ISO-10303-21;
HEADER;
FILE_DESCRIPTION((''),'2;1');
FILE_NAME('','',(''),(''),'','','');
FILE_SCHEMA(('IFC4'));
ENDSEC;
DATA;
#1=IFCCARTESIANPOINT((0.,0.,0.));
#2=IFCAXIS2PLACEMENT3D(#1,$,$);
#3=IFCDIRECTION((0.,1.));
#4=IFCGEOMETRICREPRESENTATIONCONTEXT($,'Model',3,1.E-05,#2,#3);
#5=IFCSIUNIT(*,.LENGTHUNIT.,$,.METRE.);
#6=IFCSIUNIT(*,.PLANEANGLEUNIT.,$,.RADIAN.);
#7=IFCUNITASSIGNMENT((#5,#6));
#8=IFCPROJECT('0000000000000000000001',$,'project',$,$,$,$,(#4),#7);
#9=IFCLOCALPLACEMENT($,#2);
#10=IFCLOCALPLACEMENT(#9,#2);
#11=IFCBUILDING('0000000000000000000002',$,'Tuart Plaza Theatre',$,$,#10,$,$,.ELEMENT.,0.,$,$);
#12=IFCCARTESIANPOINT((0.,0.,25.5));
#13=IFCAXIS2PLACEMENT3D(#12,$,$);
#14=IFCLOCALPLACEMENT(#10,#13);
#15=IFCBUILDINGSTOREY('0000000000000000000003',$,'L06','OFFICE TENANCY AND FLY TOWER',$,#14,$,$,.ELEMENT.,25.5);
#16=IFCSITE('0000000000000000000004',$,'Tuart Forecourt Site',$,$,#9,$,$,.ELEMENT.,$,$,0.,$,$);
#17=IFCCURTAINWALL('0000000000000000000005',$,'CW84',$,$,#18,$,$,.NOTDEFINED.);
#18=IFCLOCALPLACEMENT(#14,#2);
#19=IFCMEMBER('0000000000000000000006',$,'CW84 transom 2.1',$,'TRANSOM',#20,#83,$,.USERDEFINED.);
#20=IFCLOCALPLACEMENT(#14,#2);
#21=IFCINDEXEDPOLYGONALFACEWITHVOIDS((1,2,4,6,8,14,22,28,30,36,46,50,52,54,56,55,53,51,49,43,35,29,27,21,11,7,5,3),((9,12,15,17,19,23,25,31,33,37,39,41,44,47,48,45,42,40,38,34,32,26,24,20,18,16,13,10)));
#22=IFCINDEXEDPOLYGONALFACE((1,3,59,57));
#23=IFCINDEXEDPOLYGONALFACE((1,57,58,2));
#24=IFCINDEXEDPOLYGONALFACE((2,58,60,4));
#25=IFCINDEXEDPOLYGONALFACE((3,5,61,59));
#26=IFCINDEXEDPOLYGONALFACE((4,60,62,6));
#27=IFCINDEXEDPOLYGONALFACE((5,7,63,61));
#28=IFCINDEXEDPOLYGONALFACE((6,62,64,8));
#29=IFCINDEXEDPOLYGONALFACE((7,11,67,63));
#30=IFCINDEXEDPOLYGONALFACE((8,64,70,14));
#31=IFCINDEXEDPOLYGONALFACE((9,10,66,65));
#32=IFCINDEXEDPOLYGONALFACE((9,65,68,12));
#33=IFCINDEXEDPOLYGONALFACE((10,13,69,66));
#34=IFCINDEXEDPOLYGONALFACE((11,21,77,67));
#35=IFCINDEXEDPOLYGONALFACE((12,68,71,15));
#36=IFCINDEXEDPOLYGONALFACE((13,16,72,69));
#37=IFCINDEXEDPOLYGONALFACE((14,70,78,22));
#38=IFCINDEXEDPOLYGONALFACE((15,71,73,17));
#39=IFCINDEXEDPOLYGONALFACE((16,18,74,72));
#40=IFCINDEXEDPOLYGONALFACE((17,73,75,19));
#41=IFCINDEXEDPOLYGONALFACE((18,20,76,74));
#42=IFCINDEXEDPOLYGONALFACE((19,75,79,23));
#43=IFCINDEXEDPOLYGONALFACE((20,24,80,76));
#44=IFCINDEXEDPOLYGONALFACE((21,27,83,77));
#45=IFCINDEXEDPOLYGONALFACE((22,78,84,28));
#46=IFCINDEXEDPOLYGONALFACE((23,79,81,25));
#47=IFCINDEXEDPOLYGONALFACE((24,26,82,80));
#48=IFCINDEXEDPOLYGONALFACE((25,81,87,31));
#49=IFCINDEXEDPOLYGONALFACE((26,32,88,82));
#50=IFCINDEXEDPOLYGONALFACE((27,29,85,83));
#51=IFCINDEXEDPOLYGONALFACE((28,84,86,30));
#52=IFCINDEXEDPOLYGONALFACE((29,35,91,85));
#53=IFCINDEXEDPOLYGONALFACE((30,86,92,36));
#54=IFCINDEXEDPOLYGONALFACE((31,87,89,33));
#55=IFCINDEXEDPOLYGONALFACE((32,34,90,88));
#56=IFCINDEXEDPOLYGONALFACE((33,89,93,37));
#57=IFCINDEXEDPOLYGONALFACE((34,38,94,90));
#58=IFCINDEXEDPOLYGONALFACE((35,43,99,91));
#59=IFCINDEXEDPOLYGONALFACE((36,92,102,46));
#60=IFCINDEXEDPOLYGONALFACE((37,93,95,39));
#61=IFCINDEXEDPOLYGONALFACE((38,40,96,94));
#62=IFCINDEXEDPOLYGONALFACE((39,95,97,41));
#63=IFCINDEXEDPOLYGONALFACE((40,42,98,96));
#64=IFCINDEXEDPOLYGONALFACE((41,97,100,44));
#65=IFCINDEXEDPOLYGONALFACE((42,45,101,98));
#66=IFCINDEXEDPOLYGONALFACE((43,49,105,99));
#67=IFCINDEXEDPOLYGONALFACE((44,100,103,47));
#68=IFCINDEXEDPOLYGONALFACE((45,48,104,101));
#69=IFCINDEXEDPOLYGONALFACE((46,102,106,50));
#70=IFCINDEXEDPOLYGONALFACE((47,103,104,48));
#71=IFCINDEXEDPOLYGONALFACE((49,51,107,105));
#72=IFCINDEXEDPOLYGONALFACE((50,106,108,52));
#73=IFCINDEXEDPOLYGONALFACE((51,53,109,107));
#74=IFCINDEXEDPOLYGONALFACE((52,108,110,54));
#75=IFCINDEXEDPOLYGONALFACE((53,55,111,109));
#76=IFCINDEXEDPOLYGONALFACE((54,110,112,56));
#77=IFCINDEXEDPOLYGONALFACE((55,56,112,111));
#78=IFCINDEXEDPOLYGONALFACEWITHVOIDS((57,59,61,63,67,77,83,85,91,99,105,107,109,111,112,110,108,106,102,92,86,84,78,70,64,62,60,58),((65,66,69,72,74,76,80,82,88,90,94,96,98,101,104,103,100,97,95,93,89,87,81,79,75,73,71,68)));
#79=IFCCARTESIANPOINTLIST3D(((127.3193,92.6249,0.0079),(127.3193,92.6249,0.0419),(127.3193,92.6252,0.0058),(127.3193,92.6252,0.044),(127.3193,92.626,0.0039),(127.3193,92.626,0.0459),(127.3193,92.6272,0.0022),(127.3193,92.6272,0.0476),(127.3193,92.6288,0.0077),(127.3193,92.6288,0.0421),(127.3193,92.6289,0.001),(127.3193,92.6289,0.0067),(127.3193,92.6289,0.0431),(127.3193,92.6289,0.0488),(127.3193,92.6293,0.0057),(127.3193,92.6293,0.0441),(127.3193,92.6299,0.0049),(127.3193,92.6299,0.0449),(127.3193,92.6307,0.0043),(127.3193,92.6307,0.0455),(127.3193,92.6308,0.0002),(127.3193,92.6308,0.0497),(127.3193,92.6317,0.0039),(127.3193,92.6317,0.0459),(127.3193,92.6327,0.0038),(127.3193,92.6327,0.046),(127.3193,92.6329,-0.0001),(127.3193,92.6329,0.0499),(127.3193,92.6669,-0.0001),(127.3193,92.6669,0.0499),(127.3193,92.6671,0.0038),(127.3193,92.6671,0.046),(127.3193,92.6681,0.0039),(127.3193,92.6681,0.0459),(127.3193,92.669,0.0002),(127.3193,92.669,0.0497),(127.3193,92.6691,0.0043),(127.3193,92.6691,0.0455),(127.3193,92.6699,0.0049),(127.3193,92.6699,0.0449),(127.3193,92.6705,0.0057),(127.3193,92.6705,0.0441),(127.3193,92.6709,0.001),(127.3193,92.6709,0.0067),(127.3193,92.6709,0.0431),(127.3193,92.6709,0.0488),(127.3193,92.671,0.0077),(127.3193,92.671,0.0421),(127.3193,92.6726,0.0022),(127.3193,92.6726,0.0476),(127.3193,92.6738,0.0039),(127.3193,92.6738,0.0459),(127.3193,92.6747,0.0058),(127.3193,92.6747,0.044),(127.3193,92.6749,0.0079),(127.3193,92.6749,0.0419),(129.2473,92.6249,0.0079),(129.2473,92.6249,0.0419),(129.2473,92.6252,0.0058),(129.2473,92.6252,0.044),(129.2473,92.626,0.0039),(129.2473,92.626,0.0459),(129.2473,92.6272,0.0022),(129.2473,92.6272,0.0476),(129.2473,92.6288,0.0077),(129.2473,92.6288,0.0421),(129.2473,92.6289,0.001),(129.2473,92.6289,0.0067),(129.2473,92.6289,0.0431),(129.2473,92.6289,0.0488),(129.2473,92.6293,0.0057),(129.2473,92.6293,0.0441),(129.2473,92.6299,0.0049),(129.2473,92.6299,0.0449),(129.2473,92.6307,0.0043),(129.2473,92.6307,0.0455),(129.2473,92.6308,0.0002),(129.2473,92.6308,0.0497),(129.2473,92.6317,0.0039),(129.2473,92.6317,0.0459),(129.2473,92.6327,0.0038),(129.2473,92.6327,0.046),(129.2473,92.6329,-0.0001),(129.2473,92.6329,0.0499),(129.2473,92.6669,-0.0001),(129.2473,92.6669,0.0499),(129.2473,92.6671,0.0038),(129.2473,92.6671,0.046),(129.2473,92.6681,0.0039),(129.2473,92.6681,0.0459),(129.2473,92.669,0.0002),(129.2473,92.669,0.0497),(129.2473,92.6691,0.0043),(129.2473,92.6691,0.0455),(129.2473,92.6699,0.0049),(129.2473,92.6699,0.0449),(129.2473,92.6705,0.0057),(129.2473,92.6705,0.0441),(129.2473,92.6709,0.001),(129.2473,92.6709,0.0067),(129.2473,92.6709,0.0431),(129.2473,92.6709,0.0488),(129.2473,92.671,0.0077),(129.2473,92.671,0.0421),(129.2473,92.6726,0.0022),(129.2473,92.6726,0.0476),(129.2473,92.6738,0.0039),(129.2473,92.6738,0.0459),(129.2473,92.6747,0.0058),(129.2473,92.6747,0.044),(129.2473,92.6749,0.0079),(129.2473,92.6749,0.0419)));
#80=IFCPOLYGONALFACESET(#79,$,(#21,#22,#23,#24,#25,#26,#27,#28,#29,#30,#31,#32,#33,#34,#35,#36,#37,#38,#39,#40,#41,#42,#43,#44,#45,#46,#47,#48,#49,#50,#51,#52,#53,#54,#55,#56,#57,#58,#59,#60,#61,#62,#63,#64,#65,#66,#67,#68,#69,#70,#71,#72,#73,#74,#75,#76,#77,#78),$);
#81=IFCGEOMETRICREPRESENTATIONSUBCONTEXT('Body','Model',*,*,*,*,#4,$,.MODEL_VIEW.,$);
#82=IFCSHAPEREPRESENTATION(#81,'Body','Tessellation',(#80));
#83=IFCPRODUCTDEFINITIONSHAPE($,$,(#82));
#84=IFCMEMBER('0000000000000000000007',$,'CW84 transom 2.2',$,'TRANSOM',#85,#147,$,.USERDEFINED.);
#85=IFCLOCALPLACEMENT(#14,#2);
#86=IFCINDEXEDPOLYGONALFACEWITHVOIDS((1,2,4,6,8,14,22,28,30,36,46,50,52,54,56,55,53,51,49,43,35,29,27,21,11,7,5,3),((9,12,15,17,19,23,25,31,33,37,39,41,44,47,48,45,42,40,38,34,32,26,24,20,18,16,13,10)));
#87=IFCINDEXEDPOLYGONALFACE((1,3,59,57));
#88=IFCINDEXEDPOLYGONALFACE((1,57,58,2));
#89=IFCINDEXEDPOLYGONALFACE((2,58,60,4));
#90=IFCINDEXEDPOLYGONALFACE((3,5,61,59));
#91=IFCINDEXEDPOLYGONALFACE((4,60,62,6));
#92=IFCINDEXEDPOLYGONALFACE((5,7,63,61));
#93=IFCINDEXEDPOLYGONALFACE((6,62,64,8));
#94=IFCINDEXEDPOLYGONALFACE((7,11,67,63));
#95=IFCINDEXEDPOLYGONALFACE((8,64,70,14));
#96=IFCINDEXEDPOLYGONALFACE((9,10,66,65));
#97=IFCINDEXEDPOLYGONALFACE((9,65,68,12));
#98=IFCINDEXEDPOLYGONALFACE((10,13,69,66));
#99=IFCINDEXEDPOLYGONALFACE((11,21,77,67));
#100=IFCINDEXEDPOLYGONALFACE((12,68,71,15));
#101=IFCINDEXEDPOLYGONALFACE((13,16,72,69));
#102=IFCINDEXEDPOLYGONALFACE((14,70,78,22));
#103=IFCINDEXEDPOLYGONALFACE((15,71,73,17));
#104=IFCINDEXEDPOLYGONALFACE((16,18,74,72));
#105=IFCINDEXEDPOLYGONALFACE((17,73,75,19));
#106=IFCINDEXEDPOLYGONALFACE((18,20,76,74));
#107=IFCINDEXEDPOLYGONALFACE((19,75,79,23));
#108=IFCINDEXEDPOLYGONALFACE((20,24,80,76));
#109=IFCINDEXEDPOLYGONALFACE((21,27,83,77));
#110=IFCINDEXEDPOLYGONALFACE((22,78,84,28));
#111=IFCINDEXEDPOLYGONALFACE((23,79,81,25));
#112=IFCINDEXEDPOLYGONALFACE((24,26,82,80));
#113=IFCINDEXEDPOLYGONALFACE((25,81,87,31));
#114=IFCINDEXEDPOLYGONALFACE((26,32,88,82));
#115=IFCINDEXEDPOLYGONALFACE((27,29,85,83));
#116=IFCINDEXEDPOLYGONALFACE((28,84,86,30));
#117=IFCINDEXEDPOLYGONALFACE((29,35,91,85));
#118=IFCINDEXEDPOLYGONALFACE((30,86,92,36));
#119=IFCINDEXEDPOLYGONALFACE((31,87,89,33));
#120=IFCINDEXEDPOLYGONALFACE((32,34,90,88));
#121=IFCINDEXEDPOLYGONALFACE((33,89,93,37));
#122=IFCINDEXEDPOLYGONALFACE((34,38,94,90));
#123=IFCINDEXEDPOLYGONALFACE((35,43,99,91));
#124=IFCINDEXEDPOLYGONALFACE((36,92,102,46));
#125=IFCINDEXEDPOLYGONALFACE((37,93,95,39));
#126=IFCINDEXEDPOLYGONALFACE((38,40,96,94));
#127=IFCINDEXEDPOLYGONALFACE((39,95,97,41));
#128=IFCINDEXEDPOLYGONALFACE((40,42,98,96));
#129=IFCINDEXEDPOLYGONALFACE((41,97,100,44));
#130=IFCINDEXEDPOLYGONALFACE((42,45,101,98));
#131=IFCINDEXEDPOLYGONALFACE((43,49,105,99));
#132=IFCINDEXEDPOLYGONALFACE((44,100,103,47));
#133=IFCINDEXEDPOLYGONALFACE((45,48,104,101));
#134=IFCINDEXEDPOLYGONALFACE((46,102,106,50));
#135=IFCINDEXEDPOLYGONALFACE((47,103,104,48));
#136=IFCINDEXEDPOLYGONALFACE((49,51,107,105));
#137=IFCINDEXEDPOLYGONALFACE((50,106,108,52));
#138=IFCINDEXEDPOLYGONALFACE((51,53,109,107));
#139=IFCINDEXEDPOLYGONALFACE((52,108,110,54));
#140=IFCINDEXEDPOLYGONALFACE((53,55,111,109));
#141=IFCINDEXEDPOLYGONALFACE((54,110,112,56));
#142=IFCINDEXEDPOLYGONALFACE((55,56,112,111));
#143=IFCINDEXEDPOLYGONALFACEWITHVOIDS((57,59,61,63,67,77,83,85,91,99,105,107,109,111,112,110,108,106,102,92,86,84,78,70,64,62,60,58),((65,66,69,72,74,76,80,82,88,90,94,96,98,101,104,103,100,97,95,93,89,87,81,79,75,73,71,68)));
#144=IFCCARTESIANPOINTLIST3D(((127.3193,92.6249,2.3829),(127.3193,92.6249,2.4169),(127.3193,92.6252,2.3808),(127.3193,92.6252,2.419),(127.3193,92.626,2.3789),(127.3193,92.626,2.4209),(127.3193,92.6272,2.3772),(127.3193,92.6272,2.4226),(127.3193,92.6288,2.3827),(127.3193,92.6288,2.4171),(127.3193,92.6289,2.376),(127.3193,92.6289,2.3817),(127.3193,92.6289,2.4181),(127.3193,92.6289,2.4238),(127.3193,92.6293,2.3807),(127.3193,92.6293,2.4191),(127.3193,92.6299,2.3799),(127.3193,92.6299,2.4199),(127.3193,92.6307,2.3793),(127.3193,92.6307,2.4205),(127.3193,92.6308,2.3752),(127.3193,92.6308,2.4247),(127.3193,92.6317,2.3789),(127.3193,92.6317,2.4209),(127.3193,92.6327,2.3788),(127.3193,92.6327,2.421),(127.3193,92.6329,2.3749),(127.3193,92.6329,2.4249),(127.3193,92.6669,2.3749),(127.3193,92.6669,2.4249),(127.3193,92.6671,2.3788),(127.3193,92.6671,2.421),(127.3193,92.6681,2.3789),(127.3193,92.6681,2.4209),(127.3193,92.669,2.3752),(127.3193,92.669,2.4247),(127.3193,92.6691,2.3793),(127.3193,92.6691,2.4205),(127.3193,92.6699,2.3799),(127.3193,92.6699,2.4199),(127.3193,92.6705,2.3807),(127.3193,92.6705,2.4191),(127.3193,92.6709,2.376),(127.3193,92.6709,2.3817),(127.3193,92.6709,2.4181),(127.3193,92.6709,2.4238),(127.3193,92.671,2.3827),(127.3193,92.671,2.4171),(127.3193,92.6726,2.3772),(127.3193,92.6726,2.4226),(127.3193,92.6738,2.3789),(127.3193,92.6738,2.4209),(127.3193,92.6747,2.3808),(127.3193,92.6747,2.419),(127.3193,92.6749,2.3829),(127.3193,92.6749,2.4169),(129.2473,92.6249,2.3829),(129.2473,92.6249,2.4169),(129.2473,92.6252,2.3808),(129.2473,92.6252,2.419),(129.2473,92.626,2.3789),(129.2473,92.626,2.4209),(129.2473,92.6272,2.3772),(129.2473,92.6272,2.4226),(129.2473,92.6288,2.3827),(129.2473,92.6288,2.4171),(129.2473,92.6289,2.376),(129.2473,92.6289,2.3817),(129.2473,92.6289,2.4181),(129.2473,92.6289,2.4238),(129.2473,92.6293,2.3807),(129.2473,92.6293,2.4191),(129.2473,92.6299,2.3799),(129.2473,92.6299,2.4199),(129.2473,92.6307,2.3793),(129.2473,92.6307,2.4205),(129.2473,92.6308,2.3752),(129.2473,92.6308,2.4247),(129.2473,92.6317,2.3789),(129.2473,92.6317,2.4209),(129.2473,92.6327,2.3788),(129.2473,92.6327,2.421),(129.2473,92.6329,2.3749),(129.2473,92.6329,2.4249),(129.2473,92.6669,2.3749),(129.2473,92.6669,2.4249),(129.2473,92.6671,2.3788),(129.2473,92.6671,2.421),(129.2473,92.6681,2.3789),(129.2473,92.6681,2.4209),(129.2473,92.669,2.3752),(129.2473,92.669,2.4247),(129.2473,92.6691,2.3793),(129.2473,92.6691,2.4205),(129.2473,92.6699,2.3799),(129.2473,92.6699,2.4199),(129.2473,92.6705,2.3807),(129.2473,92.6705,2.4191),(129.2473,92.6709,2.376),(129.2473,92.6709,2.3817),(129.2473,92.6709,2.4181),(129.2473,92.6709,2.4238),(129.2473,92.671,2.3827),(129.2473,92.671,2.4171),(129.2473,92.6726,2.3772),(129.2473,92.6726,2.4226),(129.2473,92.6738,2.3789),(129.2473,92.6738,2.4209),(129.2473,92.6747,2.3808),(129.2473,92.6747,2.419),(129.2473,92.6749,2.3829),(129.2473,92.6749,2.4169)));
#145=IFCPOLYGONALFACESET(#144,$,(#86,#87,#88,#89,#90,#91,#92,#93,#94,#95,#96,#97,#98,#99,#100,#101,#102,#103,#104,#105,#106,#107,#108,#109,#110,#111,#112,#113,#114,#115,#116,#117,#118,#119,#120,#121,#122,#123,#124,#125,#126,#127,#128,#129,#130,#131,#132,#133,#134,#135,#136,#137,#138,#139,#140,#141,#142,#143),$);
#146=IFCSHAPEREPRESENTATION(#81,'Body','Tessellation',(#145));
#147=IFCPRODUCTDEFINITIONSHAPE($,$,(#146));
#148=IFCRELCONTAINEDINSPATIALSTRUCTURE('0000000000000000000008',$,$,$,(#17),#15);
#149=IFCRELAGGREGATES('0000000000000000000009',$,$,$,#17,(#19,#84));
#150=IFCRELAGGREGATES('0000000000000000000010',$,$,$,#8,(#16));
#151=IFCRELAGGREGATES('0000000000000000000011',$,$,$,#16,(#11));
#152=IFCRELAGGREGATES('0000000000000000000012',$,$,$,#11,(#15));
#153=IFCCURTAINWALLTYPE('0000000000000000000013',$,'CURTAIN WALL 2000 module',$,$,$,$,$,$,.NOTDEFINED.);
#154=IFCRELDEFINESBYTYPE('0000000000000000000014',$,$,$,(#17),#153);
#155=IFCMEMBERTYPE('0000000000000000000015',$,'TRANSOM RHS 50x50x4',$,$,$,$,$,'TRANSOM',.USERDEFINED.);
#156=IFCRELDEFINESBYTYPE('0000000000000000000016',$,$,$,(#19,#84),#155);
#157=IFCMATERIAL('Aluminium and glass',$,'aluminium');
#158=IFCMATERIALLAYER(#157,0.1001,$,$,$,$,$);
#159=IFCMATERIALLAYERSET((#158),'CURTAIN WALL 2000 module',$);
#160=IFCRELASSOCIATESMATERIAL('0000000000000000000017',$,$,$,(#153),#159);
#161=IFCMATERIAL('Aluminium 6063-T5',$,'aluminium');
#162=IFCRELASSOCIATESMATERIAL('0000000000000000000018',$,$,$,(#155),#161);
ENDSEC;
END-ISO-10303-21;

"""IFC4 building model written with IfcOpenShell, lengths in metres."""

from ifc_helpers import new_model, si_unit, direction, frame, origin, origin_2d, place, context, subcontext, project, spatial, hollow_rectangle, extrude, material, layer, layer_set, material_profile, profile_set, type_object, element, aggregate, save


model = new_model("IFC4")

# Units and contexts
model_context = context("Model", 3, precision=1e-05, world=origin(), true_north=direction((0.0, 1.0)))
body_context = subcontext(model_context, "Body", "Model", "MODEL_VIEW")
ifc_project = project(units=[si_unit("LENGTHUNIT", "METRE"), si_unit("PLANEANGLEUNIT", "RADIAN")], contexts=[model_context])

# Site, building, storey
site_placement = place(None, origin())
site = spatial("IfcSite", under=ifc_project, at=site_placement, Name="Tuart Forecourt Site", CompositionType="ELEMENT", RefElevation=0.0)
building_placement = place(site_placement, origin())
building = spatial("IfcBuilding", under=site, at=building_placement, Name="Tuart Plaza Theatre", CompositionType="ELEMENT", ElevationOfRefHeight=0.0)
storey_placement = place(building_placement, frame((0.0, 0.0, 25.5)))
storey = spatial("IfcBuildingStorey", under=building, at=storey_placement, Name="L06", Description="OFFICE TENANCY AND FLY TOWER", CompositionType="ELEMENT", Elevation=25.5)

# Curtain wall
ifc_material_1 = material(Name="Aluminium and glass", Category="aluminium")
ifc_layer_1 = layer(ifc_material_1, 0.1001)
ifc_layer_set_1 = layer_set([ifc_layer_1], Name="CURTAIN WALL 2000 module")
curtain_wall_type = type_object("IfcCurtainWallType", Name="CURTAIN WALL 2000 module", PredefinedType="NOTDEFINED", material=ifc_layer_set_1)
curtain_wall_1_placement = place(storey_placement, origin())
curtain_wall_1 = element("IfcCurtainWall", 1, at=curtain_wall_1_placement, inside=storey, type_object=curtain_wall_type, Name="CW84", PredefinedType="NOTDEFINED")

# Members
ifc_material_2 = material(Name="Aluminium 6063-T5", Category="aluminium")
ifc_material_profile_1 = material_profile(ifc_material_2, hollow_rectangle(XDim=0.05, YDim=0.05, WallThickness=0.0039, InnerFilletRadius=0.0039, OuterFilletRadius=0.0081, at=origin_2d()), Name="RHS 50x50x4")
ifc_profile_set_1 = profile_set([ifc_material_profile_1], Name="Aluminium 6063-T5")
member_type_1 = type_object("IfcMemberType", Name="TRANSOM RHS 50x50x4", ElementType="TRANSOM", PredefinedType="USERDEFINED", material=ifc_profile_set_1)
member_1_placement = place(storey_placement, frame((129.2473, 92.6499, 0.0249), z_axis=(-1.0, 0.0, 0.0), x_axis=(0.0, -1.0, 0.0)))
member_1 = element("IfcMember", 2, at=member_1_placement, type_object=member_type_1, Name="CW84 transom 2.1", ObjectType="TRANSOM", PredefinedType="USERDEFINED", context=body_context, shape_type="SweptSolid", body=[
    extrude(hollow_rectangle(XDim=0.05, YDim=0.05, WallThickness=0.0039, InnerFilletRadius=0.0039, OuterFilletRadius=0.0081, at=origin_2d()), origin(), (0.0, 0.0, 1.0), 1.928),
])
member_2_placement = place(storey_placement, frame((129.2473, 92.6499, 2.3999), z_axis=(-1.0, 0.0, 0.0), x_axis=(0.0, -1.0, 0.0)))
member_2 = element("IfcMember", 3, at=member_2_placement, type_object=member_type_1, Name="CW84 transom 2.2", ObjectType="TRANSOM", PredefinedType="USERDEFINED", context=body_context, shape_type="SweptSolid", body=[
    extrude(hollow_rectangle(XDim=0.05, YDim=0.05, WallThickness=0.0039, InnerFilletRadius=0.0039, OuterFilletRadius=0.0081, at=origin_2d()), origin(), (0.0, 0.0, 1.0), 1.928),
])

aggregate(curtain_wall_1, [member_1, member_2])

save(model, "model.ifc")
